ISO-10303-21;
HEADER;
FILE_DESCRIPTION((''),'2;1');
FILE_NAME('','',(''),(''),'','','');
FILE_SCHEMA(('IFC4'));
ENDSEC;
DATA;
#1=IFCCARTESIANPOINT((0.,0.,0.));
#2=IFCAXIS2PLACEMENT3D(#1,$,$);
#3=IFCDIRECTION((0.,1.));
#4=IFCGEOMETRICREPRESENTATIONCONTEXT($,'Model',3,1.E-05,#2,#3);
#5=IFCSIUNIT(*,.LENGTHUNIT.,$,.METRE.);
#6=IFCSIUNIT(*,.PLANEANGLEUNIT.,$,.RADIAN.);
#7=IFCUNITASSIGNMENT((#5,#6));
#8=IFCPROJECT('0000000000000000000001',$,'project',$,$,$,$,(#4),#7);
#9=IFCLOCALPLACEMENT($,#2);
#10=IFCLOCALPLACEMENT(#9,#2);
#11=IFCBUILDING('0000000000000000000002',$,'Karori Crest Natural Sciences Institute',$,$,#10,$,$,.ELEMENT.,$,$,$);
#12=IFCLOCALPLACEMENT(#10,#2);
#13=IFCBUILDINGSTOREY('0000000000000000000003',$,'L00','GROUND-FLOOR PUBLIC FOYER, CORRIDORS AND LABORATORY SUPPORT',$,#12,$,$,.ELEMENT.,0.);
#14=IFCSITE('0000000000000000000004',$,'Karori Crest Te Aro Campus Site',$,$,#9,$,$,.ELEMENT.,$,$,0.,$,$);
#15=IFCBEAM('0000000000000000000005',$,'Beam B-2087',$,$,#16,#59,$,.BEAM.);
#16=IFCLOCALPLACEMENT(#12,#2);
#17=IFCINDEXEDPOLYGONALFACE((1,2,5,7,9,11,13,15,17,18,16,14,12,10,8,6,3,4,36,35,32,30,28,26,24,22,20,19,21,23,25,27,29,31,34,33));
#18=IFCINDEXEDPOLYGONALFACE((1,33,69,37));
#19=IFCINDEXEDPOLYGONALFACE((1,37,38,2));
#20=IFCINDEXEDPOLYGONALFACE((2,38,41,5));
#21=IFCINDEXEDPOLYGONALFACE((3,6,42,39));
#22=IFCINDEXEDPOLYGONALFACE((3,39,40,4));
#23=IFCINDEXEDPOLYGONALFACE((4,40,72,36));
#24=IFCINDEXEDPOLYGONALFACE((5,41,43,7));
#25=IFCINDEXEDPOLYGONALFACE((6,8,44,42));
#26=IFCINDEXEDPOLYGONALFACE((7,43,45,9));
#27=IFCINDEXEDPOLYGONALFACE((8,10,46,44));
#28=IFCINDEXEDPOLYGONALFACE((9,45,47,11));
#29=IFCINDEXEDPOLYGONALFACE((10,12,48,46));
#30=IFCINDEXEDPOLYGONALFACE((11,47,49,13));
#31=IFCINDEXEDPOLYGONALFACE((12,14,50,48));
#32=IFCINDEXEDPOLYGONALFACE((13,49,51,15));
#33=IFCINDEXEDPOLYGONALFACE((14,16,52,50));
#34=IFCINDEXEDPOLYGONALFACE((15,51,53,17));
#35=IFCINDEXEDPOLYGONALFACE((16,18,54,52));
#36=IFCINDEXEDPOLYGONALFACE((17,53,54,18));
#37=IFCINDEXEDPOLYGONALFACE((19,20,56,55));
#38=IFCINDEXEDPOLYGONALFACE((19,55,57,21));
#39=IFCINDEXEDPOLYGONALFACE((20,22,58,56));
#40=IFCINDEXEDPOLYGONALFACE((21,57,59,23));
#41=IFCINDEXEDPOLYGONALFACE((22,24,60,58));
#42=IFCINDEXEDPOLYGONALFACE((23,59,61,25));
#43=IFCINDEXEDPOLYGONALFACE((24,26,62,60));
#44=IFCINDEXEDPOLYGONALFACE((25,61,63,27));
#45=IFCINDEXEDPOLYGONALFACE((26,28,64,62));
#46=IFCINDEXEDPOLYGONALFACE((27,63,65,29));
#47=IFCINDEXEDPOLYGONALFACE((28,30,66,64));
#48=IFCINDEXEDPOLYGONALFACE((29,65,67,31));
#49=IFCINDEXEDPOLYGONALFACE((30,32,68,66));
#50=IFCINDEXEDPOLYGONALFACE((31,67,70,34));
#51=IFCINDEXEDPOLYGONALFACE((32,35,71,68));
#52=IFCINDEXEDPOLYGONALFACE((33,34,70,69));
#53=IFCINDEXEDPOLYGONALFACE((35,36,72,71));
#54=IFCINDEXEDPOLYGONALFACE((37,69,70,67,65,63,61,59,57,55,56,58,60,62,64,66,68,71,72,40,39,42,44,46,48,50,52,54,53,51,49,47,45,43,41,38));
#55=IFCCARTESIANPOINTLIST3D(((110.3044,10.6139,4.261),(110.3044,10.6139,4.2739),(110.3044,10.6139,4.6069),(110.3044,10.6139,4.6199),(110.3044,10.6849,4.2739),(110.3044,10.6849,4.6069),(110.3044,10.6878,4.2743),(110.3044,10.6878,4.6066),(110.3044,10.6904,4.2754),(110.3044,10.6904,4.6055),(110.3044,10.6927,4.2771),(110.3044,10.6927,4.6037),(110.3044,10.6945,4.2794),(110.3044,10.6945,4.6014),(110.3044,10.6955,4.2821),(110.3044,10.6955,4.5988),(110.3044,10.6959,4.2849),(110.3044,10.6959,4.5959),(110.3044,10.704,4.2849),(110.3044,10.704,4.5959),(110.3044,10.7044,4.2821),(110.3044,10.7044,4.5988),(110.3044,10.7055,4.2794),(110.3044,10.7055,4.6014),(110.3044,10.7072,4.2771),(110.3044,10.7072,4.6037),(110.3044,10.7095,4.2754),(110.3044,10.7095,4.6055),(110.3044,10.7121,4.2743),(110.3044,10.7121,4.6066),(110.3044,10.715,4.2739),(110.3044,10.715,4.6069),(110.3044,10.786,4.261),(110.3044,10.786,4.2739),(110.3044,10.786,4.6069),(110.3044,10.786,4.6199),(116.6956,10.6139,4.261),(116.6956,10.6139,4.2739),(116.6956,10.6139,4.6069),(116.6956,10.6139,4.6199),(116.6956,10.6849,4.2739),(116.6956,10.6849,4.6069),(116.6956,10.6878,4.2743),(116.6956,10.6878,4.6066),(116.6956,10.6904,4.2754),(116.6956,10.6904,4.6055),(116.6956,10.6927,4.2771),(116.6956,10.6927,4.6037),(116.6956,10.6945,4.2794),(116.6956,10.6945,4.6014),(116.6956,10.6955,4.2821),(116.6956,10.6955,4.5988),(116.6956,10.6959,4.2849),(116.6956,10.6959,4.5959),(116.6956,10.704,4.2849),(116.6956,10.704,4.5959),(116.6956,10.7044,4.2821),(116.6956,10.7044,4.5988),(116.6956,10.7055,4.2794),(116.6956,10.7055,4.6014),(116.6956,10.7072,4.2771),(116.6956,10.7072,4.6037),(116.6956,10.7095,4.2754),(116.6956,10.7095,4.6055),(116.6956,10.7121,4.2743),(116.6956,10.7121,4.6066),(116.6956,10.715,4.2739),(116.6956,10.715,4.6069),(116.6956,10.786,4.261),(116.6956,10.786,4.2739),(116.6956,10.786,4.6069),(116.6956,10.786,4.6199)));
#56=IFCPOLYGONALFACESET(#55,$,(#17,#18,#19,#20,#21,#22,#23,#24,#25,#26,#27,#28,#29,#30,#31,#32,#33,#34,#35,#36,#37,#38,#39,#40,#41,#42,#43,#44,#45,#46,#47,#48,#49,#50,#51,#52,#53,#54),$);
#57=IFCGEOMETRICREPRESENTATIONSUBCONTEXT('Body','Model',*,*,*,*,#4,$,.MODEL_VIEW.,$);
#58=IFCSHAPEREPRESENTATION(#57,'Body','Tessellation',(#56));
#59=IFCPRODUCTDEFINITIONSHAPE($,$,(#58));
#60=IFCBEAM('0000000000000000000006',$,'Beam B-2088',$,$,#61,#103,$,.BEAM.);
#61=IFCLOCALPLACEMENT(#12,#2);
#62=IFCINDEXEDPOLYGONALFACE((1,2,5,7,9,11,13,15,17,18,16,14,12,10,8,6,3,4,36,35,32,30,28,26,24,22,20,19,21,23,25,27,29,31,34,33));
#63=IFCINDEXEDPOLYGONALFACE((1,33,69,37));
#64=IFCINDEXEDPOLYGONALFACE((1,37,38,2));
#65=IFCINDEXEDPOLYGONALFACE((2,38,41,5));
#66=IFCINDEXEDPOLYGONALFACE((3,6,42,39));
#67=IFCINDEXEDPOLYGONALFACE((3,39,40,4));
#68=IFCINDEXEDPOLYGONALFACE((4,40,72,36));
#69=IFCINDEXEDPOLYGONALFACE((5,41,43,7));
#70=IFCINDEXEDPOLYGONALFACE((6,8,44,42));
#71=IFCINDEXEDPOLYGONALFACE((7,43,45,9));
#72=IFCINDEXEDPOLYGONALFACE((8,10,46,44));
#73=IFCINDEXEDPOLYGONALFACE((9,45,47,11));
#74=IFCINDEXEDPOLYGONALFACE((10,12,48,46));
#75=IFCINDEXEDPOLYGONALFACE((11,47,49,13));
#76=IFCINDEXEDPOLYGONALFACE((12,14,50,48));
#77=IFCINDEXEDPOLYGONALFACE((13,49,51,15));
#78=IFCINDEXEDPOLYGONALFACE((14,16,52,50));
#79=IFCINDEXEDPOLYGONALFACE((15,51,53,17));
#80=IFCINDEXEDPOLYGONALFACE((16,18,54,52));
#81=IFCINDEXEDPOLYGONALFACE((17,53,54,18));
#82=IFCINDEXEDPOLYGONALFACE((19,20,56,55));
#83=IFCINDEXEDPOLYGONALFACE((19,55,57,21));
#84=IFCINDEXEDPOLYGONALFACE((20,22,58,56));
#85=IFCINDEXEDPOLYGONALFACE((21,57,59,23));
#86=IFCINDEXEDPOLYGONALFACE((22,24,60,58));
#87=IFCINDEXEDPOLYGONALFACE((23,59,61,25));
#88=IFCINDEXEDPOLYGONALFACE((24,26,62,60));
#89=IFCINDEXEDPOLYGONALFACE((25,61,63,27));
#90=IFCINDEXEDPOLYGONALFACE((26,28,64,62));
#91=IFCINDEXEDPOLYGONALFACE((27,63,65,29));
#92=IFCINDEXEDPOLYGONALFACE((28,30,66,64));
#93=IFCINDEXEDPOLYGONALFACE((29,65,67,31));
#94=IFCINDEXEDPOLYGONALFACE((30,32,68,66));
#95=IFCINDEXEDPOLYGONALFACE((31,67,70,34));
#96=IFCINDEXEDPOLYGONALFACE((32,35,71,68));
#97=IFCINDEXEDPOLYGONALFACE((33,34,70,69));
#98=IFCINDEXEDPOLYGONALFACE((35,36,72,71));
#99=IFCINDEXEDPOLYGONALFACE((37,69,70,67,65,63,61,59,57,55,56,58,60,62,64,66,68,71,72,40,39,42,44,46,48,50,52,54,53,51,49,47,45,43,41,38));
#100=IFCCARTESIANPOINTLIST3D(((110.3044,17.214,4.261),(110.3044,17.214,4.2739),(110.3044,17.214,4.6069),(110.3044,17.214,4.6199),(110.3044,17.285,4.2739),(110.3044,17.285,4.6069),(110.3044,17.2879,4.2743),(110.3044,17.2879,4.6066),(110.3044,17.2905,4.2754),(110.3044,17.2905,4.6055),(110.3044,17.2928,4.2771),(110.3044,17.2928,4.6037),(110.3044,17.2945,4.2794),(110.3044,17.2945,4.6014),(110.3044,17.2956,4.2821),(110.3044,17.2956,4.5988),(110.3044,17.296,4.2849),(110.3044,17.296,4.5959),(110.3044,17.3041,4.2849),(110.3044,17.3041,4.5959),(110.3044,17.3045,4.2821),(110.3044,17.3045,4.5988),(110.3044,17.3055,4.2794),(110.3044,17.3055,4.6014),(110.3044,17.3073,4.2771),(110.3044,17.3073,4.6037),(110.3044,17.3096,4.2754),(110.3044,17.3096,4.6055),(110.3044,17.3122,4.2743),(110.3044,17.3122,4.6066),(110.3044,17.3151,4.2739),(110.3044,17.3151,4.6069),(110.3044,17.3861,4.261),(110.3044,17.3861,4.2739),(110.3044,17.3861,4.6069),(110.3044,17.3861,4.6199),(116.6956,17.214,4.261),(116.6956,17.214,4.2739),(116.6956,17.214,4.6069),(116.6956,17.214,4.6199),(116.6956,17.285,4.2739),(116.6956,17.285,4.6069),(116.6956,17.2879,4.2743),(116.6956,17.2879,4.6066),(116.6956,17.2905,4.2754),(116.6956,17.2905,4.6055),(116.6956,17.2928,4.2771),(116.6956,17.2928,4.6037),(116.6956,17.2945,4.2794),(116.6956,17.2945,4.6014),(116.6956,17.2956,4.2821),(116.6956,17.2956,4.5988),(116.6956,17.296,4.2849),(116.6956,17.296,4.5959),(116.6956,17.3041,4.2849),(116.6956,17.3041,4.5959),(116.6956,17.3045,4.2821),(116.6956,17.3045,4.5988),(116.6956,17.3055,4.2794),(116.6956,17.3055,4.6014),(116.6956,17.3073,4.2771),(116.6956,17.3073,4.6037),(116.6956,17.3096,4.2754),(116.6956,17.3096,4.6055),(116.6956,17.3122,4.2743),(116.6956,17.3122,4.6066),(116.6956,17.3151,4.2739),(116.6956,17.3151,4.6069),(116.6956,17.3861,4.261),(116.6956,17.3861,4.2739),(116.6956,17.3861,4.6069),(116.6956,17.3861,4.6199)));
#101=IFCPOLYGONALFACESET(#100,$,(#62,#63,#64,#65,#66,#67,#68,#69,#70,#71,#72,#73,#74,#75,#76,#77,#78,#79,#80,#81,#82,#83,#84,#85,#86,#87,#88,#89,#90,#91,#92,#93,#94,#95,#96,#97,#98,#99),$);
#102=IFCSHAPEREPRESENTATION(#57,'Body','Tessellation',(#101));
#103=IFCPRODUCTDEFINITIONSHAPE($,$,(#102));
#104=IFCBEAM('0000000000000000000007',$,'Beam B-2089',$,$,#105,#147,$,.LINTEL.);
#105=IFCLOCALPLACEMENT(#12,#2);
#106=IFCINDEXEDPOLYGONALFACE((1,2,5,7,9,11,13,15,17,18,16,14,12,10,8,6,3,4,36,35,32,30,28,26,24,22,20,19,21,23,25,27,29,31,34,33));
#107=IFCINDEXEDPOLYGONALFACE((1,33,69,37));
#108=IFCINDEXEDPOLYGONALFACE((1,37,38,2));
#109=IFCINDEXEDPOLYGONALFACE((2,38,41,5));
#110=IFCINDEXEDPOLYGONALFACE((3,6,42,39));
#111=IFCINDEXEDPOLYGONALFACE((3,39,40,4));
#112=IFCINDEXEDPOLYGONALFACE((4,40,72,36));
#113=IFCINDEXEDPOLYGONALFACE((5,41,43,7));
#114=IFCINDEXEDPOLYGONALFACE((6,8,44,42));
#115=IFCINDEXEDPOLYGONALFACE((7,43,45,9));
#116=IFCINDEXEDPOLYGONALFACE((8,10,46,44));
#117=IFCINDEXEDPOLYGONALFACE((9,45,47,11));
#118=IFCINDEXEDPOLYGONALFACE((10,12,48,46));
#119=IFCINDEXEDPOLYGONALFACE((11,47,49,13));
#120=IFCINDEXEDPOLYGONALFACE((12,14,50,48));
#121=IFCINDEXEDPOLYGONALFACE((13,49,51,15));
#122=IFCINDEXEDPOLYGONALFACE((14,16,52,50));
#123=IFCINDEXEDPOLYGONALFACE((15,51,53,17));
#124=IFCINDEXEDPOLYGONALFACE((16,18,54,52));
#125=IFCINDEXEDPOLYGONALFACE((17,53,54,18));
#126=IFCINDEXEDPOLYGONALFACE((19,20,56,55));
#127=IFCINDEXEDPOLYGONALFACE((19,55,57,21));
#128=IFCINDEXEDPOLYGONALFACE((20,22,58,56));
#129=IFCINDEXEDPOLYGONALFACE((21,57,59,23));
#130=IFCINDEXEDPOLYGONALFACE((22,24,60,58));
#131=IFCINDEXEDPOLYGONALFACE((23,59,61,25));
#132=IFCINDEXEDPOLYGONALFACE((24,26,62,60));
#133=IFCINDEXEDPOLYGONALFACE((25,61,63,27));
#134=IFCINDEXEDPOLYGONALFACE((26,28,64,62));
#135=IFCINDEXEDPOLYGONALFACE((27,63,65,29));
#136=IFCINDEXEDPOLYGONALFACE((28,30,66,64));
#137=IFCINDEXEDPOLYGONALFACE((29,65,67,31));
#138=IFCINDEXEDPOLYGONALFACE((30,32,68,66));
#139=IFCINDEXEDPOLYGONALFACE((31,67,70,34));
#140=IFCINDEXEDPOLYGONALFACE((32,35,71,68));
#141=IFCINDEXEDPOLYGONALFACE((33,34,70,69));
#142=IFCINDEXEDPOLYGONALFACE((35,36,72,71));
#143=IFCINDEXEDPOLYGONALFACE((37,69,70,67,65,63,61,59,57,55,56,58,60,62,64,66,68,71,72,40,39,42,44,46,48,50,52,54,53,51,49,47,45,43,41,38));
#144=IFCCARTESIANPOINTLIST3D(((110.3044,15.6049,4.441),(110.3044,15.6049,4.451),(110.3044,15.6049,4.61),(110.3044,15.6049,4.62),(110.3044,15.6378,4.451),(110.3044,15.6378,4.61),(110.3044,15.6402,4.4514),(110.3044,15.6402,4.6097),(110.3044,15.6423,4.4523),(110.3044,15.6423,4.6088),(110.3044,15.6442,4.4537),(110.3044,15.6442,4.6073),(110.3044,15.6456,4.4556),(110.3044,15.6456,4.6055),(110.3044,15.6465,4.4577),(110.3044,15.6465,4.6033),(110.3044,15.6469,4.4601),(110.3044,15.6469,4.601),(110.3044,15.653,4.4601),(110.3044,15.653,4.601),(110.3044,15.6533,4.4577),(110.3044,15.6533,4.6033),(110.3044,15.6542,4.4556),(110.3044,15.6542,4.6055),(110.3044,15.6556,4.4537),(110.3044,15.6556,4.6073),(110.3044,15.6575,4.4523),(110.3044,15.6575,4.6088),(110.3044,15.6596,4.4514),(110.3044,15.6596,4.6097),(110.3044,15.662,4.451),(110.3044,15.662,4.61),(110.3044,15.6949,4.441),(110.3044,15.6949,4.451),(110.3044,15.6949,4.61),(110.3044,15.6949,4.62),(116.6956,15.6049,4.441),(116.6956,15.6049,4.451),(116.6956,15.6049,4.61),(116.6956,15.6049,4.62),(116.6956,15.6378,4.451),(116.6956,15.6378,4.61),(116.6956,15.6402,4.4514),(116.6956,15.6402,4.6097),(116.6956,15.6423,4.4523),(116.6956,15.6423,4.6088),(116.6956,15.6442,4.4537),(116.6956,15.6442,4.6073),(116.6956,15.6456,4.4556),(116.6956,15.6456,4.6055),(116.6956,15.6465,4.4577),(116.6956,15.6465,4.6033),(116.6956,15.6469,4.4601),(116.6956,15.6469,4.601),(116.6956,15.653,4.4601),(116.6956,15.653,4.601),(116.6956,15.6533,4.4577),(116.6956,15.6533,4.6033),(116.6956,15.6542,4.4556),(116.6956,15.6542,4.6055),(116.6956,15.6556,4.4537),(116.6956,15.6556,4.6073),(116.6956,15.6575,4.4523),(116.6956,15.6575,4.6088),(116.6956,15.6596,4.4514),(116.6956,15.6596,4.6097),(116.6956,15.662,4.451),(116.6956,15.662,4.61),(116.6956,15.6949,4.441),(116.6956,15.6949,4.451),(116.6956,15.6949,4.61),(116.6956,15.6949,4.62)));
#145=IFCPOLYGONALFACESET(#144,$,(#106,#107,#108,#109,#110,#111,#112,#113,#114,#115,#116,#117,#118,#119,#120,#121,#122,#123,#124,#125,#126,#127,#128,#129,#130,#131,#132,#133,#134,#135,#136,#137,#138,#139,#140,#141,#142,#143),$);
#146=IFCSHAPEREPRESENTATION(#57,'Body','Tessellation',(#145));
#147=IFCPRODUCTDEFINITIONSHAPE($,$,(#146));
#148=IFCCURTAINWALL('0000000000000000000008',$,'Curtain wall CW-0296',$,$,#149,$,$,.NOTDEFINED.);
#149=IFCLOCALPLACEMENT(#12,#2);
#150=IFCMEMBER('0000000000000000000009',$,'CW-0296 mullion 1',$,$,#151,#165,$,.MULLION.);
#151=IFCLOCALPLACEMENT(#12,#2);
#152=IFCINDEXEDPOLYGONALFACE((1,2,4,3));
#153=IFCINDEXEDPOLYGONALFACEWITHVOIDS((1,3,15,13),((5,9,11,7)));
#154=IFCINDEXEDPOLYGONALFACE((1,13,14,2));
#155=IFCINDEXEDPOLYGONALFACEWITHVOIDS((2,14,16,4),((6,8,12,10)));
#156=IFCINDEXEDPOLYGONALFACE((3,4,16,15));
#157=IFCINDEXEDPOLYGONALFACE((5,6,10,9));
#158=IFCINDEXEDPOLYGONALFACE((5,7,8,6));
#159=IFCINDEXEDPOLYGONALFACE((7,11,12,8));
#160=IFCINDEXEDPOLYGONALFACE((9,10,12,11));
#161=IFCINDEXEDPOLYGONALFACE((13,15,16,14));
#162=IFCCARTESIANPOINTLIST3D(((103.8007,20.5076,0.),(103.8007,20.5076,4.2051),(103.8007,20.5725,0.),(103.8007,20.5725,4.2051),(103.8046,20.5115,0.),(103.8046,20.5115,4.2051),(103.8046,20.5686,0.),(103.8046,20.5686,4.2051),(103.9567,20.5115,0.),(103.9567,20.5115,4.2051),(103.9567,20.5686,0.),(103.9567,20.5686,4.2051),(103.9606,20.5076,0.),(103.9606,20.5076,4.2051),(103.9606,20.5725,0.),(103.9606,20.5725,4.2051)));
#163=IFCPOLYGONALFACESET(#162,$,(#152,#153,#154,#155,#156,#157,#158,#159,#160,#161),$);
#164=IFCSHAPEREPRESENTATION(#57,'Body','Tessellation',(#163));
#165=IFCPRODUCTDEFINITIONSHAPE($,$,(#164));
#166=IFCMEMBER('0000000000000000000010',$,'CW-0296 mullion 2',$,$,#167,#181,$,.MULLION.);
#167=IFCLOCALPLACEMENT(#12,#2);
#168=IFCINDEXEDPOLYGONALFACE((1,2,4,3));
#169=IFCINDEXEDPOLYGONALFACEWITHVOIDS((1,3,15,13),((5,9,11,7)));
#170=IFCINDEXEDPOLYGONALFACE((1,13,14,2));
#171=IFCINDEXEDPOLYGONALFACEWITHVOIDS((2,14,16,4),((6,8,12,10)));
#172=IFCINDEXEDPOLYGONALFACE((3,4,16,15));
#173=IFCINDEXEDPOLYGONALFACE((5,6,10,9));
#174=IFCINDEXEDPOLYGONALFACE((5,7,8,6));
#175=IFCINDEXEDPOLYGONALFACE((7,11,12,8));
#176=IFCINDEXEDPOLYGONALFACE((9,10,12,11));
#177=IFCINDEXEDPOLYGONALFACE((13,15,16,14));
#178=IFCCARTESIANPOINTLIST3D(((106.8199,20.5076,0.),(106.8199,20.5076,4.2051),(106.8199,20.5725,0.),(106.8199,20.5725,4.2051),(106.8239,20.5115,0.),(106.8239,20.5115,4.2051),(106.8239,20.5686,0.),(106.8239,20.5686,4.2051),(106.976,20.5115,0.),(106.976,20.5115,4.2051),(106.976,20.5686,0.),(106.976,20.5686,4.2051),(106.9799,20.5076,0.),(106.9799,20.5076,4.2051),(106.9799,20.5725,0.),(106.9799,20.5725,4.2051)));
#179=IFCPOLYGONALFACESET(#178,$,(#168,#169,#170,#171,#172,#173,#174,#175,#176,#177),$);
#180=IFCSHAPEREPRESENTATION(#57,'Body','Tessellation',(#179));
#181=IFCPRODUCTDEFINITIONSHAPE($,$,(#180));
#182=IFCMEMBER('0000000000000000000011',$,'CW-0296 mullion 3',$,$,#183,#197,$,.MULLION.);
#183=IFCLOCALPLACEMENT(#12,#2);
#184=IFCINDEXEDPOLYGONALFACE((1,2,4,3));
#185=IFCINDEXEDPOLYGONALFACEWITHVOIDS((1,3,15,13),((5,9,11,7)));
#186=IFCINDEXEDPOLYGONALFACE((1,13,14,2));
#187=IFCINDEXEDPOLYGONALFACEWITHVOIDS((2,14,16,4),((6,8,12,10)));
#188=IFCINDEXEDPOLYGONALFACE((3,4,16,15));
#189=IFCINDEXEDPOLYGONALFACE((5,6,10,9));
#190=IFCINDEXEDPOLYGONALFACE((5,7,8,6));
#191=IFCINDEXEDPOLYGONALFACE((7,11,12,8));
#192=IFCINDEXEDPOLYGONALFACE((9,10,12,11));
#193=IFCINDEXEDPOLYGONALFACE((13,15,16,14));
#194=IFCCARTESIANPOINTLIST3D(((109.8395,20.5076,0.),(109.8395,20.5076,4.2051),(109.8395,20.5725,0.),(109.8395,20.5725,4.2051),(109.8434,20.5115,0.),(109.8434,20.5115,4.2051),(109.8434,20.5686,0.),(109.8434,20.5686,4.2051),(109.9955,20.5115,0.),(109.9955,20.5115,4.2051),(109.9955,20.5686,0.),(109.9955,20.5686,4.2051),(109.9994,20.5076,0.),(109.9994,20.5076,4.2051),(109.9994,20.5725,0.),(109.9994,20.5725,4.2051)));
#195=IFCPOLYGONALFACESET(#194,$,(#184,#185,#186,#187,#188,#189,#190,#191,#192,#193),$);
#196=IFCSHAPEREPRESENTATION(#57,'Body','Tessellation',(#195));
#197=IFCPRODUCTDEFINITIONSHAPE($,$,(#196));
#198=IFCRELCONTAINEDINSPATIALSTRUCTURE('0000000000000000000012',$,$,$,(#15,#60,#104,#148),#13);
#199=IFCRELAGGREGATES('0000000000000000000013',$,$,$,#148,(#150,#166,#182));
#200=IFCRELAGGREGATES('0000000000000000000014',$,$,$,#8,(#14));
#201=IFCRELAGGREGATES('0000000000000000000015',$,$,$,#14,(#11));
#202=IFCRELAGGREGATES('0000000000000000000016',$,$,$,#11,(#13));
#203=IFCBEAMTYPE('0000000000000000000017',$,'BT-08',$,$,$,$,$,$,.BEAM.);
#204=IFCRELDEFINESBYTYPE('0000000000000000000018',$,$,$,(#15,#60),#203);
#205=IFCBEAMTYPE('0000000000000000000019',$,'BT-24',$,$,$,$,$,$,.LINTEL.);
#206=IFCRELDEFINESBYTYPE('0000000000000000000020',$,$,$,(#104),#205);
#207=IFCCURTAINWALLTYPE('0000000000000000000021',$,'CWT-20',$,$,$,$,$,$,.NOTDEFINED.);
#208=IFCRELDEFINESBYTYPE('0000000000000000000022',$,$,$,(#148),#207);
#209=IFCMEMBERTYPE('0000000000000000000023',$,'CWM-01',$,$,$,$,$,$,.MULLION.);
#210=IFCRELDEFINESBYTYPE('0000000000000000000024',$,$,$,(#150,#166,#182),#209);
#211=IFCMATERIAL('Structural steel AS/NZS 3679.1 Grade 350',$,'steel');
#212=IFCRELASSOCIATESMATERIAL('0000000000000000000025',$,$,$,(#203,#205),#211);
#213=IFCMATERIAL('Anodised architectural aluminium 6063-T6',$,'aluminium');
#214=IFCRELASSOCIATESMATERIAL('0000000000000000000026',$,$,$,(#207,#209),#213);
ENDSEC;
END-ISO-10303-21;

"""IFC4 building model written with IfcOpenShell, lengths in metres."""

from ifc_helpers import new_model, si_unit, direction, frame, origin, origin_2d, place, context, subcontext, project, spatial, hollow_rectangle, i_section, extrude, material, material_profile, profile_set, type_object, element, aggregate, save


model = new_model("IFC4")

# Units and contexts
model_context = context("Model", 3, precision=1e-05, world=origin(), true_north=direction((0.0, 1.0)))
body_context = subcontext(model_context, "Body", "Model", "MODEL_VIEW")
ifc_project = project(units=[si_unit("LENGTHUNIT", "METRE"), si_unit("PLANEANGLEUNIT", "RADIAN")], contexts=[model_context])

# Site, building, storey
site_placement = place(None, origin())
site = spatial("IfcSite", under=ifc_project, at=site_placement, Name="Karori Crest Te Aro Campus Site", CompositionType="ELEMENT", RefElevation=0.0)
building_placement = place(site_placement, origin())
building = spatial("IfcBuilding", under=site, at=building_placement, Name="Karori Crest Natural Sciences Institute", CompositionType="ELEMENT")
storey_placement = place(building_placement, origin())
storey = spatial("IfcBuildingStorey", under=building, at=storey_placement, Name="L00", Description="GROUND-FLOOR PUBLIC FOYER, CORRIDORS AND LABORATORY SUPPORT", CompositionType="ELEMENT", Elevation=0.0)

# Shared definitions
ifc_material_1 = material(Name="Structural steel AS/NZS 3679.1 Grade 350", Category="steel")

# Beams
ifc_material_profile_1 = material_profile(ifc_material_1, i_section(OverallWidth=0.1721, OverallDepth=0.3589, WebThickness=0.0081, FlangeThickness=0.0129, FilletRadius=0.011, at=origin_2d()), Name="360UB56.7")
ifc_profile_set_1 = profile_set([ifc_material_profile_1], Name="Structural steel AS/NZS 3679.1 Grade 350")
beam_type_1 = type_object("IfcBeamType", Name="BT-08", PredefinedType="BEAM", material=ifc_profile_set_1)
for number, where, z_axis, x_axis, name in (
    (1, (110.3044, 10.7, 4.4404), (1.0, 0.0, 0.0), (0.0, 1.0, 0.0), "Beam B-2087"),
    (2, (110.3044, 17.3, 4.4404), (1.0, 0.0, 0.0), (0.0, 1.0, 0.0), "Beam B-2088"),
):
    element("IfcBeam", number, at=place(storey_placement, frame(where, z_axis=z_axis, x_axis=x_axis)), inside=storey, type_object=beam_type_1, Name=name, PredefinedType="BEAM", context=body_context, shape_type="SweptSolid", body=[
        extrude(i_section(OverallWidth=0.1721, OverallDepth=0.3589, WebThickness=0.0081, FlangeThickness=0.0129, FilletRadius=0.011, at=origin_2d()), origin(), (0.0, 0.0, 1.0), 6.3911),
    ])
ifc_material_profile_2 = material_profile(ifc_material_1, i_section(OverallWidth=0.0901, OverallDepth=0.179, WebThickness=0.0061, FlangeThickness=0.01, FilletRadius=0.009, at=origin_2d()), Name="180UB22.2")
ifc_profile_set_2 = profile_set([ifc_material_profile_2], Name="Structural steel AS/NZS 3679.1 Grade 350")
beam_type_2 = type_object("IfcBeamType", Name="BT-24", PredefinedType="LINTEL", material=ifc_profile_set_2)
beam_1_placement = place(storey_placement, frame((110.3044, 15.6499, 4.5305), z_axis=(1.0, 0.0, 0.0), x_axis=(0.0, 1.0, 0.0)))
element("IfcBeam", 3, at=beam_1_placement, inside=storey, type_object=beam_type_2, Name="Beam B-2089", PredefinedType="LINTEL", context=body_context, shape_type="SweptSolid", body=[
    extrude(i_section(OverallWidth=0.0901, OverallDepth=0.179, WebThickness=0.0061, FlangeThickness=0.01, FilletRadius=0.009, at=origin_2d()), origin(), (0.0, 0.0, 1.0), 6.3911),
])

# Curtain wall, members
ifc_material_2 = material(Name="Anodised architectural aluminium 6063-T6", Category="aluminium")
curtain_wall_type = type_object("IfcCurtainWallType", Name="CWT-20", PredefinedType="NOTDEFINED", material=ifc_material_2)
curtain_wall_1_placement = place(storey_placement, origin())
curtain_wall_1 = element("IfcCurtainWall", 4, at=curtain_wall_1_placement, inside=storey, type_object=curtain_wall_type, Name="Curtain wall CW-0296", PredefinedType="NOTDEFINED")
ifc_material_profile_3 = material_profile(ifc_material_2, hollow_rectangle(XDim=0.0649, YDim=0.1599, WallThickness=0.0039, at=origin_2d()), Name="CWM160x65x4")
ifc_profile_set_3 = profile_set([ifc_material_profile_3], Name="Anodised architectural aluminium 6063-T6")
member_type_1 = type_object("IfcMemberType", Name="CWM-01", PredefinedType="MULLION", material=ifc_profile_set_3)
member_1_placement = place(storey_placement, frame((103.8806, 20.54, 0.0), z_axis=(0.0, 0.0, 1.0), x_axis=(0.0, 1.0, 0.0)))
member_1 = element("IfcMember", 5, at=member_1_placement, type_object=member_type_1, Name="CW-0296 mullion 1", PredefinedType="MULLION", context=body_context, shape_type="SweptSolid", body=[
    extrude(hollow_rectangle(XDim=0.0649, YDim=0.1599, WallThickness=0.0039, at=origin_2d()), origin(), (0.0, 0.0, 1.0), 4.2051),
])
member_2_placement = place(storey_placement, frame((106.8999, 20.54, 0.0), z_axis=(0.0, 0.0, 1.0), x_axis=(0.0, 1.0, 0.0)))
member_2 = element("IfcMember", 6, at=member_2_placement, type_object=member_type_1, Name="CW-0296 mullion 2", PredefinedType="MULLION", context=body_context, shape_type="SweptSolid", body=[
    extrude(hollow_rectangle(XDim=0.0649, YDim=0.1599, WallThickness=0.0039, at=origin_2d()), origin(), (0.0, 0.0, 1.0), 4.2051),
])
member_3_placement = place(storey_placement, frame((109.9194, 20.54, 0.0), z_axis=(0.0, 0.0, 1.0), x_axis=(0.0, 1.0, 0.0)))
member_3 = element("IfcMember", 7, at=member_3_placement, type_object=member_type_1, Name="CW-0296 mullion 3", PredefinedType="MULLION", context=body_context, shape_type="SweptSolid", body=[
    extrude(hollow_rectangle(XDim=0.0649, YDim=0.1599, WallThickness=0.0039, at=origin_2d()), origin(), (0.0, 0.0, 1.0), 4.2051),
])

aggregate(curtain_wall_1, [member_1, member_2, member_3])

save(model, "model.ifc")
